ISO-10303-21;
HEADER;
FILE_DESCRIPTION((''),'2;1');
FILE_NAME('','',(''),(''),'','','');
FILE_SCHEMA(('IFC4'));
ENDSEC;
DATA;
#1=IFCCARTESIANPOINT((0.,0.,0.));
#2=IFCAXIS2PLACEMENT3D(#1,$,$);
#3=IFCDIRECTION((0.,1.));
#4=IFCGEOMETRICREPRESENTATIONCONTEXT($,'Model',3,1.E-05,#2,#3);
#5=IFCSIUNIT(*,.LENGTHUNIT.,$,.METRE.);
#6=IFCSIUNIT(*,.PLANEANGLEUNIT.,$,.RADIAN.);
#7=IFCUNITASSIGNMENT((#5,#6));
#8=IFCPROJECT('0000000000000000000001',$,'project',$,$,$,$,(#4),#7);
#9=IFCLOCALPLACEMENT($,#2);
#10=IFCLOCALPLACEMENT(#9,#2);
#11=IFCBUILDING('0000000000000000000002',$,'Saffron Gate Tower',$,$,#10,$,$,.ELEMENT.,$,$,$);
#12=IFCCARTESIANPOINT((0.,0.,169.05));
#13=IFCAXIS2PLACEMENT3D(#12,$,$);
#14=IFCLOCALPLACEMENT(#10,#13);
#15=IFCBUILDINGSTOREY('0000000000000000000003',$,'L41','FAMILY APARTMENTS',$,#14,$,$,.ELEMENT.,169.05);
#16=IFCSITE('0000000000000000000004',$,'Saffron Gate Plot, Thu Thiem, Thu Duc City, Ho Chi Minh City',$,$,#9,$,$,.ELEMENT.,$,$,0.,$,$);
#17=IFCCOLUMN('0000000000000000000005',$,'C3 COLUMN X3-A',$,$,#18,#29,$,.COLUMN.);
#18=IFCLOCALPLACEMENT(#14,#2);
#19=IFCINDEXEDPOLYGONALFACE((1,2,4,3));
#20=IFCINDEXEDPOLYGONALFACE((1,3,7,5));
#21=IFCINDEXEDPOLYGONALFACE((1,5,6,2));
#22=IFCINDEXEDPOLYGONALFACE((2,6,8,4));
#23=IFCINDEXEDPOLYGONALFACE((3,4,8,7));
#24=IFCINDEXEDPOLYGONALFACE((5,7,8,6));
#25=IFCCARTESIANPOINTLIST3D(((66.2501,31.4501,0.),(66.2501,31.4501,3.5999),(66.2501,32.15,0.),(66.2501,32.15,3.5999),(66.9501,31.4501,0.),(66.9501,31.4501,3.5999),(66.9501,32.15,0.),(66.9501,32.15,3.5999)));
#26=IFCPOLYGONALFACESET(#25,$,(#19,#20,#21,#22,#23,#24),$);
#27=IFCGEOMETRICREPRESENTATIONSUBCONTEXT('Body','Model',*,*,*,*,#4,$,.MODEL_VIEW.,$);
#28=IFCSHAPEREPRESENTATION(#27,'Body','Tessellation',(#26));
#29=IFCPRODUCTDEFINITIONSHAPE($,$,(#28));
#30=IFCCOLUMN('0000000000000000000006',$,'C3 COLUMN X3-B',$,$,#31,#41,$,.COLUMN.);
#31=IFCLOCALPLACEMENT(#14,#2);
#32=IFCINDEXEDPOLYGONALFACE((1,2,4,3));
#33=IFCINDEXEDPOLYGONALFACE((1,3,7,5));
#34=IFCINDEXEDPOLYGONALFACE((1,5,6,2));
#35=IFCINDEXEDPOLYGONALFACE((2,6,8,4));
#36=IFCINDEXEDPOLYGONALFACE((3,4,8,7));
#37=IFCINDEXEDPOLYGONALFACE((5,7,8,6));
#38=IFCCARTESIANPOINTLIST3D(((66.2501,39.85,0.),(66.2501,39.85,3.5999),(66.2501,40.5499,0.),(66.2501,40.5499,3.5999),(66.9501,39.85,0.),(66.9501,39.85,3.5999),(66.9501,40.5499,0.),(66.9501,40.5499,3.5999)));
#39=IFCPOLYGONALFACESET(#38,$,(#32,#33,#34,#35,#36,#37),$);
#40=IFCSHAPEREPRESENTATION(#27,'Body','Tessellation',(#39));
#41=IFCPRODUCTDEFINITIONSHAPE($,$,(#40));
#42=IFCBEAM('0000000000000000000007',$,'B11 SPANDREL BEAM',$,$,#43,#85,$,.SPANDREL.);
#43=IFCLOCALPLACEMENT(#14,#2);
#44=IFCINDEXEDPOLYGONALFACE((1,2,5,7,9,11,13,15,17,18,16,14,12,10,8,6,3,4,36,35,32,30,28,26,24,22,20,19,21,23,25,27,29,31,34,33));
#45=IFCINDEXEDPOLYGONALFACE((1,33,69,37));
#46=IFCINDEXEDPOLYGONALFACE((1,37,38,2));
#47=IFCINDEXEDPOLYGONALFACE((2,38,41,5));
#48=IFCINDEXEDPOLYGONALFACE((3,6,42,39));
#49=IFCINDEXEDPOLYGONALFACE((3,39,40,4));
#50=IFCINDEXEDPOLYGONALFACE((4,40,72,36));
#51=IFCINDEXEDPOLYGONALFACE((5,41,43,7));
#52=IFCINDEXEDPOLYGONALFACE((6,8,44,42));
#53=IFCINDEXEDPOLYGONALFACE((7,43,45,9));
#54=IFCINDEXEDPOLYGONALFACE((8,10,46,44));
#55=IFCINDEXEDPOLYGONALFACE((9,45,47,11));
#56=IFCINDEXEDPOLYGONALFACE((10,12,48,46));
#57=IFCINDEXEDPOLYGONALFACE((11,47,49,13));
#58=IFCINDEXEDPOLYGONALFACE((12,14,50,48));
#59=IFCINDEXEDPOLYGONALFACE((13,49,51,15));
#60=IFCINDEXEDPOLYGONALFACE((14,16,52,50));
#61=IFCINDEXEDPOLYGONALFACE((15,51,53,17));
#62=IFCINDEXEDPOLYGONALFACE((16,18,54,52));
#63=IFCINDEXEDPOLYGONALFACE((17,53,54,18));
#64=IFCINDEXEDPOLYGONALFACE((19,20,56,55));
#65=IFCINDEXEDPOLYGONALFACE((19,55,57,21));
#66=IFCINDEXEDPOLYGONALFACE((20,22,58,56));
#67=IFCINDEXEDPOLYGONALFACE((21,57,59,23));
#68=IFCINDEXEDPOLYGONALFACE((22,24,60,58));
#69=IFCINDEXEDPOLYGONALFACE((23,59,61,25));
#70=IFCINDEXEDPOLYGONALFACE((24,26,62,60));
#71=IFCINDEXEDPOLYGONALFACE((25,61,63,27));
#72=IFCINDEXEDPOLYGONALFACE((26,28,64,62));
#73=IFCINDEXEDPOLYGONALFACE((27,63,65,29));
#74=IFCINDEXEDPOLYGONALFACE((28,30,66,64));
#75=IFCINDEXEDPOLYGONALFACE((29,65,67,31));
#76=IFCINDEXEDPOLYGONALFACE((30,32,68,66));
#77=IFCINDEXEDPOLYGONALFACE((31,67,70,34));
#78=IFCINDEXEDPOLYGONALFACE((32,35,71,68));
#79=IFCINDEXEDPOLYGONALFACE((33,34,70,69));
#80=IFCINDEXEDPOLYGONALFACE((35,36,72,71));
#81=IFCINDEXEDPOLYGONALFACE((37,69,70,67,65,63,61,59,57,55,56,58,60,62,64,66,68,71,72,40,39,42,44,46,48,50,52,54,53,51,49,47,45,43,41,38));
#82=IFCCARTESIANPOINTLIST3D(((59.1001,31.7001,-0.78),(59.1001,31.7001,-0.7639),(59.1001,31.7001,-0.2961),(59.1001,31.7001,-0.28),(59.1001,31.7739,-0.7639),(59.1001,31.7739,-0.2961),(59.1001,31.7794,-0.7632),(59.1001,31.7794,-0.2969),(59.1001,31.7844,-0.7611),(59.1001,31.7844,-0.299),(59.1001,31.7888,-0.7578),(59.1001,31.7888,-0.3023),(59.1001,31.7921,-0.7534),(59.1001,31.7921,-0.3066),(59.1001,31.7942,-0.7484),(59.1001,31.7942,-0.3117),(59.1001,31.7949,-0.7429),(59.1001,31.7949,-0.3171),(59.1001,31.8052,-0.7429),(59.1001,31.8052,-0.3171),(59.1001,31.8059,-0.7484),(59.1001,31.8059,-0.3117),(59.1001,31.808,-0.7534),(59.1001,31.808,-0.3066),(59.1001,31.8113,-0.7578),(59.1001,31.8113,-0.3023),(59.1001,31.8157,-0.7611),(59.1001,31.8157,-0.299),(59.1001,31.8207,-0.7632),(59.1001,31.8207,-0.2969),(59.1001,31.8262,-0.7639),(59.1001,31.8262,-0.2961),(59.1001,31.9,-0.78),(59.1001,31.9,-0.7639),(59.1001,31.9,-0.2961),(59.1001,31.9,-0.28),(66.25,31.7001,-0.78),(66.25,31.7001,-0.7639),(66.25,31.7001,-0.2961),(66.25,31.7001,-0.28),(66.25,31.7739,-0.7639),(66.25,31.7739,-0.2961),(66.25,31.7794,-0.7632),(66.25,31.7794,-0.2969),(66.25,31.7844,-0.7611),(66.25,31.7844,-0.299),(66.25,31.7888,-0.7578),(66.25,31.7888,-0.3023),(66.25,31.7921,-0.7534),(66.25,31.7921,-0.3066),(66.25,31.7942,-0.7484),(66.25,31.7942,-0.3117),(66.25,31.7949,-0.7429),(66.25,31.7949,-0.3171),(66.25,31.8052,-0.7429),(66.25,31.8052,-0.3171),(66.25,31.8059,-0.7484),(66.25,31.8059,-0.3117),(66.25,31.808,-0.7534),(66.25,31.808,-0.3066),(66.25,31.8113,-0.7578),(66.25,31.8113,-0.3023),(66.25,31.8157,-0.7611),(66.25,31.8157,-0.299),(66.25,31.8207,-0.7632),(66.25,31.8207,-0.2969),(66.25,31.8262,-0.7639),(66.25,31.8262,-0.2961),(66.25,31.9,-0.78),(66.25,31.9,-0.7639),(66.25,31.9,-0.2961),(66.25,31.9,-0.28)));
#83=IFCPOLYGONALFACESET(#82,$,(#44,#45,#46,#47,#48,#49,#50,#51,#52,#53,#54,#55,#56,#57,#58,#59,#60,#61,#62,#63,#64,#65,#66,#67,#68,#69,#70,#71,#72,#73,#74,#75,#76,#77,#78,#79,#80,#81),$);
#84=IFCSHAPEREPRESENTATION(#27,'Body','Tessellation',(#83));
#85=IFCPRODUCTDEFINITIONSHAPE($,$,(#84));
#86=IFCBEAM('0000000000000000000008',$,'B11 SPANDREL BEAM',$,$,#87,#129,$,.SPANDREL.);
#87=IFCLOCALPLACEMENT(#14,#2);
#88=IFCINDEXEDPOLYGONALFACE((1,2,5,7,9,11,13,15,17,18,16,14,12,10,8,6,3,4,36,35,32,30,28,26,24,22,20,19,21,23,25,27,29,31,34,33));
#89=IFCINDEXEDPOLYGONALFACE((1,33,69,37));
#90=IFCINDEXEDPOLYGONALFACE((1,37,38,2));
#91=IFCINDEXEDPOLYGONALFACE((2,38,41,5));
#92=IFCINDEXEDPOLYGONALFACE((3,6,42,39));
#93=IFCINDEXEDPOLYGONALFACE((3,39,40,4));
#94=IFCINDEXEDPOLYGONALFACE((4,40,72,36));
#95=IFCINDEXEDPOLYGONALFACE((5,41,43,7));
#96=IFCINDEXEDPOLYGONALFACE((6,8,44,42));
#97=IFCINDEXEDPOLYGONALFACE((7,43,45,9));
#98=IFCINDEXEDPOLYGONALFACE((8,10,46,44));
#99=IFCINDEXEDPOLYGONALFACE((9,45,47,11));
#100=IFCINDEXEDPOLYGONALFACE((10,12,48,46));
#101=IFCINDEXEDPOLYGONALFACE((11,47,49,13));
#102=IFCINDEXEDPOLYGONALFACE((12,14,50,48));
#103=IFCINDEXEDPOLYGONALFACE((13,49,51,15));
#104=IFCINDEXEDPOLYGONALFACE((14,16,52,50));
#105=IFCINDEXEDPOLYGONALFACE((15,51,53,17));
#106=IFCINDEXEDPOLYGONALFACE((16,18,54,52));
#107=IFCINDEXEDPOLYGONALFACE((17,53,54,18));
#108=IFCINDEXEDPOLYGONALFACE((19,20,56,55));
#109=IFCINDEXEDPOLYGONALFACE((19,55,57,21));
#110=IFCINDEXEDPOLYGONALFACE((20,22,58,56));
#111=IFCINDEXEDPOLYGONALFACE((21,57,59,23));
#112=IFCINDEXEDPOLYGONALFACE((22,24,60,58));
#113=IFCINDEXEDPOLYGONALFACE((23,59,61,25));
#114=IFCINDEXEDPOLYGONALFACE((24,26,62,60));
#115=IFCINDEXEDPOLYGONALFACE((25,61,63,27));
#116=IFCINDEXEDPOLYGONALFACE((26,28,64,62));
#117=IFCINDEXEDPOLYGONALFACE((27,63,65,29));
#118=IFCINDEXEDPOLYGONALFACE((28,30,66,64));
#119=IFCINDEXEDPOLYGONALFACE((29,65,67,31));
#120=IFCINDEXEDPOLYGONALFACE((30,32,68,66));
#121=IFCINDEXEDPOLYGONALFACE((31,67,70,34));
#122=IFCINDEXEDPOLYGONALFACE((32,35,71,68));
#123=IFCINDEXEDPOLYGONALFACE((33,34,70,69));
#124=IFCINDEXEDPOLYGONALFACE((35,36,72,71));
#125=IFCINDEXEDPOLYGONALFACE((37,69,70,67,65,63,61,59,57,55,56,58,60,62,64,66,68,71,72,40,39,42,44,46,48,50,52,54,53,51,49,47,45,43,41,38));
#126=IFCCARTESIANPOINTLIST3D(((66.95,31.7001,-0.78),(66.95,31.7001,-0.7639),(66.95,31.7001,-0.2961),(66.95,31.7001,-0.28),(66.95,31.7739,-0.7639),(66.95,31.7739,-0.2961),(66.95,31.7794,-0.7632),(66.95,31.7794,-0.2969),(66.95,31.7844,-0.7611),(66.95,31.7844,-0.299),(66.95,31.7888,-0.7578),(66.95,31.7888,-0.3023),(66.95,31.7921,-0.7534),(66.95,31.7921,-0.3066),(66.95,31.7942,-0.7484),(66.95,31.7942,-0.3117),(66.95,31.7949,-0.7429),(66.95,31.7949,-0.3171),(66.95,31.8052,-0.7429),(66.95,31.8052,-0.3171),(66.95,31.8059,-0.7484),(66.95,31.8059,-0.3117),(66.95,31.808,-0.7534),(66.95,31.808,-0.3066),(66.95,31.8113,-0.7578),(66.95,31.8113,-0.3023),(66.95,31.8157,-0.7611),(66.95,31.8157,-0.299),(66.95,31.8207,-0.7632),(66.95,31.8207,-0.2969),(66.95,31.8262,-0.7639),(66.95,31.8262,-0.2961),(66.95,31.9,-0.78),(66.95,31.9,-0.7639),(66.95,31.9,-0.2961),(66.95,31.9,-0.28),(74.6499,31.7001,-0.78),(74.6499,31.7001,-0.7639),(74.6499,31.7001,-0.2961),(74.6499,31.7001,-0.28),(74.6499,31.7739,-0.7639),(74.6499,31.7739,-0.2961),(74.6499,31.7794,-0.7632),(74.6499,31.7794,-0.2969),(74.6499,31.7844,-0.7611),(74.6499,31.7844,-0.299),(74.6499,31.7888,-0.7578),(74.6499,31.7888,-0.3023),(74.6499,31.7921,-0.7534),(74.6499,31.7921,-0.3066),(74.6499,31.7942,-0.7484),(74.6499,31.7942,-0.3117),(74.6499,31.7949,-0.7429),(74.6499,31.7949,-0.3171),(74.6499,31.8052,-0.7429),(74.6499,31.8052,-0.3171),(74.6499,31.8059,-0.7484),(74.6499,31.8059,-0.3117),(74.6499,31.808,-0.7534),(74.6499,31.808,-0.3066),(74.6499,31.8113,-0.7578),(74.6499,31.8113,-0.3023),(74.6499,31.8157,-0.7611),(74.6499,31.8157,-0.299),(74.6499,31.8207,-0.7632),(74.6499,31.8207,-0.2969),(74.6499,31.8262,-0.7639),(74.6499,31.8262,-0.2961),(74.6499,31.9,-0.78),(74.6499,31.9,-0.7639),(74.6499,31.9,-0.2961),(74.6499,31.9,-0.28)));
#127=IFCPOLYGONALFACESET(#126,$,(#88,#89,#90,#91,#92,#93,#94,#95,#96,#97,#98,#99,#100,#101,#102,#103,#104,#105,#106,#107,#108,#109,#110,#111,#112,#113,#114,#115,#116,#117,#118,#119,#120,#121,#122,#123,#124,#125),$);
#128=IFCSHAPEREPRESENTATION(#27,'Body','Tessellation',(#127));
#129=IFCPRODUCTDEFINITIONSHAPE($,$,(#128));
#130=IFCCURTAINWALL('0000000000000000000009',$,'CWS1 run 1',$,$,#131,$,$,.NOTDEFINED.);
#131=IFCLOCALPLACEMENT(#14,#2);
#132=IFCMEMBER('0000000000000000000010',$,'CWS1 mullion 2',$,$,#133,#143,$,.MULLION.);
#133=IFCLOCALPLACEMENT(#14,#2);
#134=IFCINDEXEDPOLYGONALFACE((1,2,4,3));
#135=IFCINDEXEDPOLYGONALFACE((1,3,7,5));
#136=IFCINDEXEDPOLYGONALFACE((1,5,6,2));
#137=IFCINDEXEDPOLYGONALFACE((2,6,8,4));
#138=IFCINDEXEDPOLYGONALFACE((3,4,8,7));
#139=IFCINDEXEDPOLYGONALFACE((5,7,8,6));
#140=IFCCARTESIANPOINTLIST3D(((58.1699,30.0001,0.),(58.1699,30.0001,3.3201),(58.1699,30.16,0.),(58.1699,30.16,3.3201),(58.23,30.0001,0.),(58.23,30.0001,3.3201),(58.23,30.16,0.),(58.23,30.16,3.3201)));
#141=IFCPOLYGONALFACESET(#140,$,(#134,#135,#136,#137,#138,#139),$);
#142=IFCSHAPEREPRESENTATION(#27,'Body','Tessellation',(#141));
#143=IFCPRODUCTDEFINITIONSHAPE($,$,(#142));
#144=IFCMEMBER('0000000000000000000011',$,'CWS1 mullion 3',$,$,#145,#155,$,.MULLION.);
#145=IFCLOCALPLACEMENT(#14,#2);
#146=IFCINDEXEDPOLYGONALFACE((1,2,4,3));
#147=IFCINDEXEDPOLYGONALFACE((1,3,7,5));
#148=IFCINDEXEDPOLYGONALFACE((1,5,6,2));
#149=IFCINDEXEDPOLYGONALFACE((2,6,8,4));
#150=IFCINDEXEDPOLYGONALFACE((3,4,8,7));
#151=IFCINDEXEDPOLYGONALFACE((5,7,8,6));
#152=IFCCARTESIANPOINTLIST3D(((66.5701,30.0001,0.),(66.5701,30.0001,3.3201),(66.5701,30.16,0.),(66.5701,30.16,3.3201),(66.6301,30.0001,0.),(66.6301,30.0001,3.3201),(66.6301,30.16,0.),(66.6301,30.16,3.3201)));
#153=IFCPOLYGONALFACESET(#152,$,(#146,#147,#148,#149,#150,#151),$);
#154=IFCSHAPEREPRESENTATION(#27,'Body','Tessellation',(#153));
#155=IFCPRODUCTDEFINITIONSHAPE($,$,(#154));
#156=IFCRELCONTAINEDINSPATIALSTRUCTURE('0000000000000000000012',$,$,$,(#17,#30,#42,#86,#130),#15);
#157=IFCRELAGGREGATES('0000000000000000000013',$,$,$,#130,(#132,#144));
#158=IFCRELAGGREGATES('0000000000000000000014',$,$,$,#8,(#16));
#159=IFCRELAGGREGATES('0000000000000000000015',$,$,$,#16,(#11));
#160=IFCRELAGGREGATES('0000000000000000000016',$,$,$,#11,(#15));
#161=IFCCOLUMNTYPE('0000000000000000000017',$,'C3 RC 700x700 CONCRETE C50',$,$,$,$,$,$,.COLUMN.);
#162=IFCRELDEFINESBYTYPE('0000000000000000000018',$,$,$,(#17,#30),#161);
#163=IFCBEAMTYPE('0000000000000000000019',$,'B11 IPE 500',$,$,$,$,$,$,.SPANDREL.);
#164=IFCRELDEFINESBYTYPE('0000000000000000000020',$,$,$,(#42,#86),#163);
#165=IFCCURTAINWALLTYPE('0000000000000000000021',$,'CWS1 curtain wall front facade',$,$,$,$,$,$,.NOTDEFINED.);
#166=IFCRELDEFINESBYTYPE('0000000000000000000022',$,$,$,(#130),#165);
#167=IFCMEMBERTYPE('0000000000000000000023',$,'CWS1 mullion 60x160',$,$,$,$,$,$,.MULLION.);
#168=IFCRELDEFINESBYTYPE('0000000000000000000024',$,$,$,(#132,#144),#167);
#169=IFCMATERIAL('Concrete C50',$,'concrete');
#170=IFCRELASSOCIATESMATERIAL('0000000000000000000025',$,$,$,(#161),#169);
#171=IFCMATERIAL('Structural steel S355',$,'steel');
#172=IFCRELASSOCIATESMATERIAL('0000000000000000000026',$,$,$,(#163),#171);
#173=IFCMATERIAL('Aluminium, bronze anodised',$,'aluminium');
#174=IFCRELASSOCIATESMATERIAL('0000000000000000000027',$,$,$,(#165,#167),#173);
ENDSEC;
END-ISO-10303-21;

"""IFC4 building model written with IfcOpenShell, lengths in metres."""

from ifc_helpers import new_model, si_unit, direction, frame, origin, origin_2d, place, context, subcontext, project, spatial, rectangle, i_section, extrude, material, material_profile, profile_set, type_object, element, aggregate, save


model = new_model("IFC4")

# Units and contexts
model_context = context("Model", 3, precision=1e-05, world=origin(), true_north=direction((0.0, 1.0)))
body_context = subcontext(model_context, "Body", "Model", "MODEL_VIEW")
ifc_project = project(units=[si_unit("LENGTHUNIT", "METRE"), si_unit("PLANEANGLEUNIT", "RADIAN")], contexts=[model_context])

# Site, building, storey
site_placement = place(None, origin())
site = spatial("IfcSite", under=ifc_project, at=site_placement, Name="Saffron Gate Plot, Thu Thiem, Thu Duc City, Ho Chi Minh City", CompositionType="ELEMENT", RefElevation=0.0)
building_placement = place(site_placement, origin())
building = spatial("IfcBuilding", under=site, at=building_placement, Name="Saffron Gate Tower", CompositionType="ELEMENT")
storey_placement = place(building_placement, frame((0.0, 0.0, 169.05)))
storey = spatial("IfcBuildingStorey", under=building, at=storey_placement, Name="L41", Description="FAMILY APARTMENTS", CompositionType="ELEMENT", Elevation=169.05)

# Columns
ifc_material_1 = material(Name="Concrete C50", Category="concrete")
ifc_material_profile_1 = material_profile(ifc_material_1, rectangle(XDim=0.7, YDim=0.7, at=origin_2d()))
ifc_profile_set_1 = profile_set([ifc_material_profile_1], Name="Concrete C50")
column_type = type_object("IfcColumnType", Name="C3 RC 700x700 CONCRETE C50", PredefinedType="COLUMN", material=ifc_profile_set_1)
for number, where, z_axis, x_axis, name in (
    (1, (66.6001, 31.8, 0.0), (0.0, 0.0, 1.0), (1.0, 0.0, 0.0), "C3 COLUMN X3-A"),
    (2, (66.6001, 40.2, 0.0), (0.0, 0.0, 1.0), (1.0, 0.0, 0.0), "C3 COLUMN X3-B"),
):
    element("IfcColumn", number, at=place(storey_placement, frame(where, z_axis=z_axis, x_axis=x_axis)), inside=storey, type_object=column_type, Name=name, PredefinedType="COLUMN", context=body_context, shape_type="SweptSolid", body=[
        extrude(rectangle(XDim=0.7, YDim=0.7, at=origin_2d()), origin(), (0.0, 0.0, 1.0), 3.5999),
    ])

# Beams
ifc_material_2 = material(Name="Structural steel S355", Category="steel")
ifc_material_profile_2 = material_profile(ifc_material_2, i_section(OverallWidth=0.2, OverallDepth=0.5, WebThickness=0.0103, FlangeThickness=0.0161, FilletRadius=0.021, at=origin_2d()))
ifc_profile_set_2 = profile_set([ifc_material_profile_2], Name="Structural steel S355")
beam_type = type_object("IfcBeamType", Name="B11 IPE 500", PredefinedType="SPANDREL", material=ifc_profile_set_2)
beam_1_placement = place(storey_placement, frame((59.1001, 31.8, -0.53), z_axis=(1.0, 0.0, 0.0), x_axis=(0.0, 1.0, 0.0)))
element("IfcBeam", 3, at=beam_1_placement, inside=storey, type_object=beam_type, Name="B11 SPANDREL BEAM", PredefinedType="SPANDREL", context=body_context, shape_type="SweptSolid", body=[
    extrude(i_section(OverallWidth=0.2, OverallDepth=0.5, WebThickness=0.0103, FlangeThickness=0.0161, FilletRadius=0.021, at=origin_2d()), origin(), (0.0, 0.0, 1.0), 7.1499),
])
beam_2_placement = place(storey_placement, frame((66.95, 31.8, -0.53), z_axis=(1.0, 0.0, 0.0), x_axis=(0.0, 1.0, 0.0)))
element("IfcBeam", 4, at=beam_2_placement, inside=storey, type_object=beam_type, Name="B11 SPANDREL BEAM", PredefinedType="SPANDREL", context=body_context, shape_type="SweptSolid", body=[
    extrude(i_section(OverallWidth=0.2, OverallDepth=0.5, WebThickness=0.0103, FlangeThickness=0.0161, FilletRadius=0.021, at=origin_2d()), origin(), (0.0, 0.0, 1.0), 7.7),
])

# Curtain wall, members
ifc_material_3 = material(Name="Aluminium, bronze anodised", Category="aluminium")
curtain_wall_type = type_object("IfcCurtainWallType", Name="CWS1 curtain wall front facade", PredefinedType="NOTDEFINED", material=ifc_material_3)
curtain_wall_placement = place(storey_placement, origin())
curtain_wall = element("IfcCurtainWall", 5, at=curtain_wall_placement, inside=storey, type_object=curtain_wall_type, Name="CWS1 run 1", PredefinedType="NOTDEFINED")
ifc_material_profile_3 = material_profile(ifc_material_3, rectangle(XDim=0.1599, YDim=0.0601, at=origin_2d()))
ifc_profile_set_3 = profile_set([ifc_material_profile_3], Name="Aluminium, bronze anodised")
member_type = type_object("IfcMemberType", Name="CWS1 mullion 60x160", PredefinedType="MULLION", material=ifc_profile_set_3)
member_1_placement = place(storey_placement, frame((58.2, 30.0801, 0.0), z_axis=(0.0, 0.0, 1.0), x_axis=(0.0, 1.0, 0.0)))
member_1 = element("IfcMember", 6, at=member_1_placement, type_object=member_type, Name="CWS1 mullion 2", PredefinedType="MULLION", context=body_context, shape_type="SweptSolid", body=[
    extrude(rectangle(XDim=0.1599, YDim=0.0601, at=origin_2d()), origin(), (0.0, 0.0, 1.0), 3.3201),
])
member_2_placement = place(storey_placement, frame((66.6001, 30.0801, 0.0), z_axis=(0.0, 0.0, 1.0), x_axis=(0.0, 1.0, 0.0)))
member_2 = element("IfcMember", 7, at=member_2_placement, type_object=member_type, Name="CWS1 mullion 3", PredefinedType="MULLION", context=body_context, shape_type="SweptSolid", body=[
    extrude(rectangle(XDim=0.1599, YDim=0.0601, at=origin_2d()), origin(), (0.0, 0.0, 1.0), 3.3201),
])
aggregate(curtain_wall, [member_1, member_2])

save(model, "model.ifc")
